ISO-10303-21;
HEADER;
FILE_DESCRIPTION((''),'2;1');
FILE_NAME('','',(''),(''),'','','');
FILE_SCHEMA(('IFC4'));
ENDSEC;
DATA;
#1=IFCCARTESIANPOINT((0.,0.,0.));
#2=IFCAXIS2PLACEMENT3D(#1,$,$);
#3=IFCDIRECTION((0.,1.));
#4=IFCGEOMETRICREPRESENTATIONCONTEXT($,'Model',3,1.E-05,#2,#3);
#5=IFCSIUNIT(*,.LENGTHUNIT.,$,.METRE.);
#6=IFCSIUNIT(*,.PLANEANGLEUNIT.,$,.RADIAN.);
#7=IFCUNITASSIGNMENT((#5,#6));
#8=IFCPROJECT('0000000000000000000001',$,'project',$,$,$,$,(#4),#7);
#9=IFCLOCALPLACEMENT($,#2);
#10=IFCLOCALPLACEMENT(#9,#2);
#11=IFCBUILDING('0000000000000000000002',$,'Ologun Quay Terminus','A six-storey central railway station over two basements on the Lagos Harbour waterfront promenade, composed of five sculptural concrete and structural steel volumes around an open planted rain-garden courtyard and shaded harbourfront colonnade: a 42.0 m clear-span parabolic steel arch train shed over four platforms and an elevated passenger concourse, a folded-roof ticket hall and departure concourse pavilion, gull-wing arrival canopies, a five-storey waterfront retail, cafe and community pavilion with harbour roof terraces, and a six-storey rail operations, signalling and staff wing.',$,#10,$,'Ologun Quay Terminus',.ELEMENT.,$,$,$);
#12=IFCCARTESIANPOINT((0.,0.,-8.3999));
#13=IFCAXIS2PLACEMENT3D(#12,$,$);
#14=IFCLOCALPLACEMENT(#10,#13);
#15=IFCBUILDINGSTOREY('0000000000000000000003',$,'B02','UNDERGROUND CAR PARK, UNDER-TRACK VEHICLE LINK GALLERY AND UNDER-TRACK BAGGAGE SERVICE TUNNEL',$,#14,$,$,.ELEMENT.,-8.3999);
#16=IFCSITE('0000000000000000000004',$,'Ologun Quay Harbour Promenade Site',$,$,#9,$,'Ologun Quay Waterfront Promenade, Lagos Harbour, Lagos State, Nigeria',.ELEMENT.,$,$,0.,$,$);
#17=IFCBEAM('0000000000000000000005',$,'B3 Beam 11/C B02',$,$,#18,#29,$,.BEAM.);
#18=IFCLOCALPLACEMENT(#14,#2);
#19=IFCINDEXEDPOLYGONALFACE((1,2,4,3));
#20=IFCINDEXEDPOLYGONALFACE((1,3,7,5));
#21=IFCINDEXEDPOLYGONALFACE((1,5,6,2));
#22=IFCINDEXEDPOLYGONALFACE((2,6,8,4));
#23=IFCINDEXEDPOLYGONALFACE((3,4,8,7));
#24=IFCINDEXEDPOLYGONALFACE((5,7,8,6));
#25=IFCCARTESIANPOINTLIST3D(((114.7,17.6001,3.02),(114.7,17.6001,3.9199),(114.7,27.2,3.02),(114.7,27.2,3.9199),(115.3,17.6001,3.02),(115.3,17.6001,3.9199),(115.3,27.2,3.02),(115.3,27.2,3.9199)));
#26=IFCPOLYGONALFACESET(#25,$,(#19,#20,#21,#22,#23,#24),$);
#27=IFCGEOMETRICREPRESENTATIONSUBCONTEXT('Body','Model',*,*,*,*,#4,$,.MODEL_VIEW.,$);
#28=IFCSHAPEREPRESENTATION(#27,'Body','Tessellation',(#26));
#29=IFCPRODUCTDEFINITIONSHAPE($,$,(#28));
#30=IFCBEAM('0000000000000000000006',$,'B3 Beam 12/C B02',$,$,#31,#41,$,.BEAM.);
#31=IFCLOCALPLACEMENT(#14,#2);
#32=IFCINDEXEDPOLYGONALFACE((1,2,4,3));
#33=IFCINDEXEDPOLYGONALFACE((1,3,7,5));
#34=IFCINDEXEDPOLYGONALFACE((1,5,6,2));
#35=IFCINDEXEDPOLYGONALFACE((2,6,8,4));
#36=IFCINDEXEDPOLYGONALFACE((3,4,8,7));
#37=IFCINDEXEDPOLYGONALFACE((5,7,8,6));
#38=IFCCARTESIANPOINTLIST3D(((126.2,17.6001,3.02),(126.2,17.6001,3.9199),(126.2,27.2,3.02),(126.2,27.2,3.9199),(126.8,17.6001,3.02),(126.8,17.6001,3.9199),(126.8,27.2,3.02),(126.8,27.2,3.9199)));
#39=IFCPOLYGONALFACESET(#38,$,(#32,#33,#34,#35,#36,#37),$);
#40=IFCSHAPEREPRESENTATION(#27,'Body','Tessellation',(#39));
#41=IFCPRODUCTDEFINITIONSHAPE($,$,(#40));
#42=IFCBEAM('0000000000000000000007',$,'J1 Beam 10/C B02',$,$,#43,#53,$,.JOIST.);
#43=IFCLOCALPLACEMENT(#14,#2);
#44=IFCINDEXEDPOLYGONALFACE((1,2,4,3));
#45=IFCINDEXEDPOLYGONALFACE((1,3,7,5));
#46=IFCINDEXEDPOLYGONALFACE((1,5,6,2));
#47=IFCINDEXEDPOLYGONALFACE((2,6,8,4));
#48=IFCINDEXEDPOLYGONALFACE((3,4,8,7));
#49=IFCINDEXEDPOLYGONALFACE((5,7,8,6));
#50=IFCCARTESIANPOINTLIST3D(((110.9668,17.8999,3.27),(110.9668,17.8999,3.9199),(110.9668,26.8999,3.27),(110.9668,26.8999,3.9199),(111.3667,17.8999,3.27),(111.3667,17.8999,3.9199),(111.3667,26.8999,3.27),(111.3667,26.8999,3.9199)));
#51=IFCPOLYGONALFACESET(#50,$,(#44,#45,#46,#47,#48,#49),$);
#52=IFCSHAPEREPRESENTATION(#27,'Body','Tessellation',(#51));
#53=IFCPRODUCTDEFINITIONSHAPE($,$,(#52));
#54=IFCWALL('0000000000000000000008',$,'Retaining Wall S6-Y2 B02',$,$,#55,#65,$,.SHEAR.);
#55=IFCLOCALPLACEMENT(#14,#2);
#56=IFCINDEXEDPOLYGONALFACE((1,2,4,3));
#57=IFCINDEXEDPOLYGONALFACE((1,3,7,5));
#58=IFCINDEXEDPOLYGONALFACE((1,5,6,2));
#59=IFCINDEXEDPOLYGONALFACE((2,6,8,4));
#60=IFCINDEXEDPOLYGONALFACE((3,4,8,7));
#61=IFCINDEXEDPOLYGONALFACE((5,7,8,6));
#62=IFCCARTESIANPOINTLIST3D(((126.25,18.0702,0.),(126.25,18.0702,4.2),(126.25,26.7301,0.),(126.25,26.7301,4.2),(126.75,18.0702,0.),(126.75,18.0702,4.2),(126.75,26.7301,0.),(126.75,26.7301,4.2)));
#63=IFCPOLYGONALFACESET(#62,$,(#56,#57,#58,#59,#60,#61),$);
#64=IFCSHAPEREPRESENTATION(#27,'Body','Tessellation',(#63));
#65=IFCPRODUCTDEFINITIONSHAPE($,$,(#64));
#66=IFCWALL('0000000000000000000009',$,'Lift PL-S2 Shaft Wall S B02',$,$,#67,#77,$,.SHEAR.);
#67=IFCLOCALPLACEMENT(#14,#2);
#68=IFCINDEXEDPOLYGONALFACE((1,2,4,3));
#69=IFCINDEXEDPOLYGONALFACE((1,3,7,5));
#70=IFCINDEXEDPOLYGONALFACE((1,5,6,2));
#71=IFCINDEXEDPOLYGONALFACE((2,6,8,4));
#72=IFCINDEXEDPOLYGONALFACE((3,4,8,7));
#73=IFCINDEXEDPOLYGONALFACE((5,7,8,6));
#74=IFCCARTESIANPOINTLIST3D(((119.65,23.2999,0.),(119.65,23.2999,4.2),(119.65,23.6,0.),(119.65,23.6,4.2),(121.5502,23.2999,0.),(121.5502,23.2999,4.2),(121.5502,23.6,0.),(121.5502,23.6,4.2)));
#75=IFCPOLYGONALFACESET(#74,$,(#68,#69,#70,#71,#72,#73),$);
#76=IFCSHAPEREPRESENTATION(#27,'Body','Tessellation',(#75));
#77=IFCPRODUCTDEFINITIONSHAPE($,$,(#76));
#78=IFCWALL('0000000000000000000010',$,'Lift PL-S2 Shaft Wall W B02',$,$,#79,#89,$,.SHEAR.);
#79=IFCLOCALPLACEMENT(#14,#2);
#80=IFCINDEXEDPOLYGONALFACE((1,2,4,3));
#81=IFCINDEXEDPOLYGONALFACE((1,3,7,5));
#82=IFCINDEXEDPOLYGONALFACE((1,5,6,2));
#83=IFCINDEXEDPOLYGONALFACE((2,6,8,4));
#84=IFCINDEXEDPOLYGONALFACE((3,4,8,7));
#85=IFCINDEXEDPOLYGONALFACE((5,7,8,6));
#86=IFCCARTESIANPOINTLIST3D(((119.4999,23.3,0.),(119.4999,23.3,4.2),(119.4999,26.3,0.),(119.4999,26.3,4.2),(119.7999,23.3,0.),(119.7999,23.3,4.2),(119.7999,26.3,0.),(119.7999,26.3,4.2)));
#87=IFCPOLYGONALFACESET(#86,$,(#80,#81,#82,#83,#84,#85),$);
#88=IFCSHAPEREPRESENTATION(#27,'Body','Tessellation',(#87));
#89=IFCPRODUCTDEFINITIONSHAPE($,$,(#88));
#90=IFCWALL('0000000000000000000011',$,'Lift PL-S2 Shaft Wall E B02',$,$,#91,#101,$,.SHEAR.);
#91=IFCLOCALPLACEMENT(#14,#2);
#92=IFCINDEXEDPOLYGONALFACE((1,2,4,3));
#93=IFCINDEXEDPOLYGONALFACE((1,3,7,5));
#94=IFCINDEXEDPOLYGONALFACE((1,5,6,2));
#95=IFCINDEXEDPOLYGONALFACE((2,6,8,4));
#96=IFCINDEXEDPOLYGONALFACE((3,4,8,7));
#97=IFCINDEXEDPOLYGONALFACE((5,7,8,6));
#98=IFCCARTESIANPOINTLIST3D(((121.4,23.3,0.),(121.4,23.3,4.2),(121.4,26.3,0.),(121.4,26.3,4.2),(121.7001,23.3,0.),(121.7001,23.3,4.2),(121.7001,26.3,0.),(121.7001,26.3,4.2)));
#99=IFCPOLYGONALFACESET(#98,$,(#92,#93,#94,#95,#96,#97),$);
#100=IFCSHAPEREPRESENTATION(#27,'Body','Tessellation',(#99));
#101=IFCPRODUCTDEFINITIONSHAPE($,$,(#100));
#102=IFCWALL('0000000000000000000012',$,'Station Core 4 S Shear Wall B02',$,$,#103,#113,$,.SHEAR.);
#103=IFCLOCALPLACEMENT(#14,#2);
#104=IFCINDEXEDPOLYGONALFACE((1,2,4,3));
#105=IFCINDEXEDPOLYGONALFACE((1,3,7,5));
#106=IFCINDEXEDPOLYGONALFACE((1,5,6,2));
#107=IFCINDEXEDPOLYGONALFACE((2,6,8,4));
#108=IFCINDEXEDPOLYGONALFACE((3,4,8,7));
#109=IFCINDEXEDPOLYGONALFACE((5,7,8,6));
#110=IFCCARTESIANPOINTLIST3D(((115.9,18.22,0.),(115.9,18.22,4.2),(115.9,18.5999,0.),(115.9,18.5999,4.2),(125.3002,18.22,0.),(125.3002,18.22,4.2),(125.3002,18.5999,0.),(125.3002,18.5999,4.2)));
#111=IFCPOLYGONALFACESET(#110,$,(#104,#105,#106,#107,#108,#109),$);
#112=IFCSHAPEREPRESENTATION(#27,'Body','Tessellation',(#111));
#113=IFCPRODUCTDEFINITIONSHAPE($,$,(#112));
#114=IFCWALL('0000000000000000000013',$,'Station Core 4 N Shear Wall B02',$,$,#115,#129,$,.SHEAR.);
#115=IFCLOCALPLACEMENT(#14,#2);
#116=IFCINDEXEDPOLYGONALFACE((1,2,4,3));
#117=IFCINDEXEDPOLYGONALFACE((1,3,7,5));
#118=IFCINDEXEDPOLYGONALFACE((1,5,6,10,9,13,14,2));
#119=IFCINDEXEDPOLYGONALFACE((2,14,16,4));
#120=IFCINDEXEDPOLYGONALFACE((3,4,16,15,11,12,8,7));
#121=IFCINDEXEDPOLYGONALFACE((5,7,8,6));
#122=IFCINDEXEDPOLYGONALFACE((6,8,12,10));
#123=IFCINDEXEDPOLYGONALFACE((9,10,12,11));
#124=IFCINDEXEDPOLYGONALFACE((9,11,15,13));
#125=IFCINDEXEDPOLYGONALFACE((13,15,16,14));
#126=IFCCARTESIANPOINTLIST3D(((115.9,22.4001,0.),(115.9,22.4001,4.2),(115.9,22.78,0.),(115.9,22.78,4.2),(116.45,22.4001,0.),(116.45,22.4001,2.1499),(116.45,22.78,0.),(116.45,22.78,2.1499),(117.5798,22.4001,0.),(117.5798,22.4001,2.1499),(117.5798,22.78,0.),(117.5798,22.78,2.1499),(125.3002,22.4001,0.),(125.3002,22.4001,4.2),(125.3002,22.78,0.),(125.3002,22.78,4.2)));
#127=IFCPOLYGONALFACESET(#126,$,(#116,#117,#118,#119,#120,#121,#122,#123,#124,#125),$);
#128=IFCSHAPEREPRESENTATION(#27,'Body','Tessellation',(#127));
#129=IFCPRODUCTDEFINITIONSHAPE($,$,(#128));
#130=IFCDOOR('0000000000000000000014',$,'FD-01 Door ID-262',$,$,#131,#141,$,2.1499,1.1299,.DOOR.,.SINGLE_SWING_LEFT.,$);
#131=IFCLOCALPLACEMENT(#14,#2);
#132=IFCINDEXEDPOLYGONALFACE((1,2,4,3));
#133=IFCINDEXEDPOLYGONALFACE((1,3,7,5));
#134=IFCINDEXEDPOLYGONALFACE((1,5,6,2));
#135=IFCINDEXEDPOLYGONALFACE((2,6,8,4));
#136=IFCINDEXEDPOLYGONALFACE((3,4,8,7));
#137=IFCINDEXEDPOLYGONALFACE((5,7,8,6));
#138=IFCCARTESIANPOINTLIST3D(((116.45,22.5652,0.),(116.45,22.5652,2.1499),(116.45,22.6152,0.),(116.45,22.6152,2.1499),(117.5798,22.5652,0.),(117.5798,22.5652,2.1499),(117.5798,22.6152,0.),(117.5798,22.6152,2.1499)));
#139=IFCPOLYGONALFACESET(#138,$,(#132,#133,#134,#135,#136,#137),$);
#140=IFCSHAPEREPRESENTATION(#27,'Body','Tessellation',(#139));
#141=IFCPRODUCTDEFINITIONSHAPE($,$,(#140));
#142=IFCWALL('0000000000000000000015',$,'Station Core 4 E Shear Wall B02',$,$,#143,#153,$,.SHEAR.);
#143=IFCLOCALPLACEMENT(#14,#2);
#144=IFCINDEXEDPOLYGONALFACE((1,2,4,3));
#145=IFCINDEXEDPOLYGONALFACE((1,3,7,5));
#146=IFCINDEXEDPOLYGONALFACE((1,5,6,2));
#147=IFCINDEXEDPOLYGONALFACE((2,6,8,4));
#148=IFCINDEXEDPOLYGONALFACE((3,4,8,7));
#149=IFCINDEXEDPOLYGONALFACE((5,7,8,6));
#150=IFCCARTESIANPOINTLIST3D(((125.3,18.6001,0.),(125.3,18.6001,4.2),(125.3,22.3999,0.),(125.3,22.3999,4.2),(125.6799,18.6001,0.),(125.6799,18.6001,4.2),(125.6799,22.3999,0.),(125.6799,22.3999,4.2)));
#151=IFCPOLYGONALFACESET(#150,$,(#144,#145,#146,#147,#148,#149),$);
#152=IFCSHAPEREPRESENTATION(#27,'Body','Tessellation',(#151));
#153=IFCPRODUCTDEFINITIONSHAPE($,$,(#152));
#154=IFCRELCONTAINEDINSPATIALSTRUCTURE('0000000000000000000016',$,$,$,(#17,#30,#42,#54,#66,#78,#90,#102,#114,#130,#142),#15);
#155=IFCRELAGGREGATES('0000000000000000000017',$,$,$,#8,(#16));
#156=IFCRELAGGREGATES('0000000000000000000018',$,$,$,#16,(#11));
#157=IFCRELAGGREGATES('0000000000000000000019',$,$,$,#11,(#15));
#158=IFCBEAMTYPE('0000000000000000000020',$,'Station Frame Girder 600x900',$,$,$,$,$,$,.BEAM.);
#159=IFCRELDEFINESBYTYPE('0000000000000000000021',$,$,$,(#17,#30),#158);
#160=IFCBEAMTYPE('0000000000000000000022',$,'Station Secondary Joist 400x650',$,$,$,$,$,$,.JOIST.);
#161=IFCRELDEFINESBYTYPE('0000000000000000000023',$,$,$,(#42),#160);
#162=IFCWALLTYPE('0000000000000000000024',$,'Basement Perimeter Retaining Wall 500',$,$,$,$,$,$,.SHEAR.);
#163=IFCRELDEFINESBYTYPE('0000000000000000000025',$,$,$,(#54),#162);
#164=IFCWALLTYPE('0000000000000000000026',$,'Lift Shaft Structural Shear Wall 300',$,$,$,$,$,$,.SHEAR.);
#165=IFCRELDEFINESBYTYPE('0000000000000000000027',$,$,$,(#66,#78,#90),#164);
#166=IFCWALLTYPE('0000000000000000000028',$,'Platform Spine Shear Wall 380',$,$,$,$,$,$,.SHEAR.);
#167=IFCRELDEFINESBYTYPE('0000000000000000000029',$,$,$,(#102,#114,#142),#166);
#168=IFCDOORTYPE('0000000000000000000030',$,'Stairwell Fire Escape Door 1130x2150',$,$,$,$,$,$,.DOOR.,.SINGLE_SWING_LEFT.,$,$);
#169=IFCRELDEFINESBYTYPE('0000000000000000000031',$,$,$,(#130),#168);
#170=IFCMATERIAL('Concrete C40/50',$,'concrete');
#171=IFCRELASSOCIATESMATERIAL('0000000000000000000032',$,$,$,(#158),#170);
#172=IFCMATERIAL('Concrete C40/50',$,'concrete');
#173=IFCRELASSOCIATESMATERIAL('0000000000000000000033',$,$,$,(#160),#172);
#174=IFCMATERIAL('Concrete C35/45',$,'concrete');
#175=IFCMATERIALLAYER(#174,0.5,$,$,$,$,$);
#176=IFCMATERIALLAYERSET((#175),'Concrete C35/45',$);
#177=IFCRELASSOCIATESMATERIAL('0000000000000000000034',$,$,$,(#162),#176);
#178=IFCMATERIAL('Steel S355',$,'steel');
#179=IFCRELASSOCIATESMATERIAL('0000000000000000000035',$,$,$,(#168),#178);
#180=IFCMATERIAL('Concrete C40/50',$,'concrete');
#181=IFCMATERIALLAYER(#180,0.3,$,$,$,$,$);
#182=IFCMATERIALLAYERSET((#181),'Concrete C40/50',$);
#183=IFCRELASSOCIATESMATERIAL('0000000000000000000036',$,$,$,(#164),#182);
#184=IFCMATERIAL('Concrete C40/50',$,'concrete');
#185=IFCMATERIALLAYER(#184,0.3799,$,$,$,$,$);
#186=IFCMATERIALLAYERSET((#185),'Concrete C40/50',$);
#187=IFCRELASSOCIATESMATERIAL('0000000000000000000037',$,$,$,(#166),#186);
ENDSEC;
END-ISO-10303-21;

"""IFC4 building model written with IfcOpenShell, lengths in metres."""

from ifc_helpers import new_model, si_unit, direction, frame, frame_2d, origin, origin_2d, place, context, subcontext, project, spatial, rectangle, extrude, material, layer, layer_set, material_profile, profile_set, type_object, element, fill, save


model = new_model("IFC4")

# Units and contexts
model_context = context("Model", 3, precision=1e-05, world=origin(), true_north=direction((0.0, 1.0)))
body_context = subcontext(model_context, "Body", "Model", "MODEL_VIEW")
ifc_project = project(units=[si_unit("LENGTHUNIT", "METRE"), si_unit("PLANEANGLEUNIT", "RADIAN")], contexts=[model_context])

# Site, building, storey
site_placement = place(None, origin())
site = spatial("IfcSite", under=ifc_project, at=site_placement, Name="Ologun Quay Harbour Promenade Site", LongName="Ologun Quay Waterfront Promenade, Lagos Harbour, Lagos State, Nigeria", CompositionType="ELEMENT", RefElevation=0.0)
building_placement = place(site_placement, origin())
building = spatial("IfcBuilding", under=site, at=building_placement, Name="Ologun Quay Terminus", Description="A six-storey central railway station over two basements on the Lagos Harbour waterfront promenade, composed of five sculptural concrete and structural steel volumes around an open planted rain-garden courtyard and shaded harbourfront colonnade: a 42.0 m clear-span parabolic steel arch train shed over four platforms and an elevated passenger concourse, a folded-roof ticket hall and departure concourse pavilion, gull-wing arrival canopies, a five-storey waterfront retail, cafe and community pavilion with harbour roof terraces, and a six-storey rail operations, signalling and staff wing.", LongName="Ologun Quay Terminus", CompositionType="ELEMENT")
storey_placement = place(building_placement, frame((0.0, 0.0, -8.3999)))
storey = spatial("IfcBuildingStorey", under=building, at=storey_placement, Name="B02", Description="UNDERGROUND CAR PARK, UNDER-TRACK VEHICLE LINK GALLERY AND UNDER-TRACK BAGGAGE SERVICE TUNNEL", CompositionType="ELEMENT", Elevation=-8.3999)

# Beams
ifc_material_1 = material(Name="Concrete C40/50", Category="concrete")
ifc_material_profile_1 = material_profile(ifc_material_1, rectangle(XDim=0.6001, YDim=0.8999, at=origin_2d()), Name="RC 600x900")
ifc_profile_set_1 = profile_set([ifc_material_profile_1], Name="Concrete C40/50")
beam_type_1 = type_object("IfcBeamType", Name="Station Frame Girder 600x900", PredefinedType="BEAM", material=ifc_profile_set_1)
for number, where, z_axis, x_axis, name in (
    (1, (115.0, 17.6001, 3.47), (0.0, 1.0, 0.0), (-1.0, 0.0, 0.0), "B3 Beam 11/C B02"),
    (2, (126.5, 17.6001, 3.47), (0.0, 1.0, 0.0), (-1.0, 0.0, 0.0), "B3 Beam 12/C B02"),
):
    element("IfcBeam", number, at=place(storey_placement, frame(where, z_axis=z_axis, x_axis=x_axis)), inside=storey, type_object=beam_type_1, Name=name, PredefinedType="BEAM", context=body_context, shape_type="SweptSolid", body=[
        extrude(rectangle(XDim=0.6001, YDim=0.8999, at=origin_2d()), origin(), (0.0, 0.0, 1.0), 9.5999),
    ])
ifc_material_2 = material(Name="Concrete C40/50", Category="concrete")
ifc_material_profile_2 = material_profile(ifc_material_2, rectangle(XDim=0.3999, YDim=0.6499, at=origin_2d()), Name="RC 400x650")
ifc_profile_set_2 = profile_set([ifc_material_profile_2], Name="Concrete C40/50")
beam_type_2 = type_object("IfcBeamType", Name="Station Secondary Joist 400x650", PredefinedType="JOIST", material=ifc_profile_set_2)
beam_1_placement = place(storey_placement, frame((111.1667, 17.8999, 3.595), z_axis=(0.0, 1.0, 0.0), x_axis=(-1.0, 0.0, 0.0)))
element("IfcBeam", 3, at=beam_1_placement, inside=storey, type_object=beam_type_2, Name="J1 Beam 10/C B02", PredefinedType="JOIST", context=body_context, shape_type="SweptSolid", body=[
    extrude(rectangle(XDim=0.3999, YDim=0.6499, at=origin_2d()), origin(), (0.0, 0.0, 1.0), 9.0),
])

# Wall
ifc_material_3 = material(Name="Concrete C35/45", Category="concrete")
ifc_layer_1 = layer(ifc_material_3, 0.5)
ifc_layer_set_1 = layer_set([ifc_layer_1], Name="Concrete C35/45")
wall_type_1 = type_object("IfcWallType", Name="Basement Perimeter Retaining Wall 500", PredefinedType="SHEAR", material=ifc_layer_set_1)
wall_1_placement = place(storey_placement, frame((126.5, 18.0701, 0.0), z_axis=(0.0, 0.0, 1.0), x_axis=(0.0, 1.0, 0.0)))
element("IfcWall", 4, at=wall_1_placement, inside=storey, type_object=wall_type_1, Name="Retaining Wall S6-Y2 B02", PredefinedType="SHEAR", context=body_context, shape_type="SweptSolid", body=[
    extrude(rectangle(XDim=8.6599, YDim=0.5, at=frame_2d((4.3301, 0.0))), origin(), (0.0, 0.0, 1.0), 4.2),
])

# Shared definitions
ifc_material_4 = material(Name="Steel S355", Category="steel")
door_type = type_object("IfcDoorType", Name="Stairwell Fire Escape Door 1130x2150", OperationType="SINGLE_SWING_LEFT", PredefinedType="DOOR", material=ifc_material_4)

# Walls
ifc_material_5 = material(Name="Concrete C40/50", Category="concrete")
ifc_layer_2 = layer(ifc_material_5, 0.3)
ifc_layer_set_2 = layer_set([ifc_layer_2], Name="Concrete C40/50")
wall_type_2 = type_object("IfcWallType", Name="Lift Shaft Structural Shear Wall 300", PredefinedType="SHEAR", material=ifc_layer_set_2)
wall_2_placement = place(storey_placement, frame((119.6499, 23.45, 0.0), z_axis=(0.0, 0.0, 1.0), x_axis=(1.0, 0.0, 0.0)))
element("IfcWall", 5, at=wall_2_placement, inside=storey, type_object=wall_type_2, Name="Lift PL-S2 Shaft Wall S B02", PredefinedType="SHEAR", context=body_context, shape_type="SweptSolid", body=[
    extrude(rectangle(XDim=1.9001, YDim=0.3, at=frame_2d((0.9502, 0.0))), origin(), (0.0, 0.0, 1.0), 4.2),
])
for number, where, z_axis, x_axis, name in (
    (6, (119.6499, 23.3, 0.0), (0.0, 0.0, 1.0), (0.0, 1.0, 0.0), "Lift PL-S2 Shaft Wall W B02"),
    (7, (121.55, 23.3, 0.0), (0.0, 0.0, 1.0), (0.0, 1.0, 0.0), "Lift PL-S2 Shaft Wall E B02"),
):
    element("IfcWall", number, at=place(storey_placement, frame(where, z_axis=z_axis, x_axis=x_axis)), inside=storey, type_object=wall_type_2, Name=name, PredefinedType="SHEAR", context=body_context, shape_type="SweptSolid", body=[
        extrude(rectangle(XDim=3.0, YDim=0.3, at=frame_2d((1.5, 0.0))), origin(), (0.0, 0.0, 1.0), 4.2),
    ])
ifc_material_6 = material(Name="Concrete C40/50", Category="concrete")
ifc_layer_3 = layer(ifc_material_6, 0.3799)
ifc_layer_set_3 = layer_set([ifc_layer_3], Name="Concrete C40/50")
wall_type_3 = type_object("IfcWallType", Name="Platform Spine Shear Wall 380", PredefinedType="SHEAR", material=ifc_layer_set_3)
wall_3_placement = place(storey_placement, frame((115.8999, 18.4099, 0.0), z_axis=(0.0, 0.0, 1.0), x_axis=(1.0, 0.0, 0.0)))
element("IfcWall", 8, at=wall_3_placement, inside=storey, type_object=wall_type_3, Name="Station Core 4 S Shear Wall B02", PredefinedType="SHEAR", context=body_context, shape_type="SweptSolid", body=[
    extrude(rectangle(XDim=9.4001, YDim=0.3799, at=frame_2d((4.7002, 0.0))), origin(), (0.0, 0.0, 1.0), 4.2),
])

# Wall, opening, door
wall_4_placement = place(storey_placement, frame((115.8999, 22.5901, 0.0), z_axis=(0.0, 0.0, 1.0), x_axis=(1.0, 0.0, 0.0)))
wall_4 = element("IfcWall", 9, at=wall_4_placement, inside=storey, type_object=wall_type_3, Name="Station Core 4 N Shear Wall B02", PredefinedType="SHEAR", context=body_context, shape_type="SweptSolid", body=[
    extrude(rectangle(XDim=9.4001, YDim=0.3799, at=frame_2d((4.7002, 0.0))), origin(), (0.0, 0.0, 1.0), 4.2),
])
opening_1_placement = place(wall_4_placement, frame((0.55, 0.0, 0.0)))
opening_1 = element("IfcOpeningElement", 10, at=opening_1_placement, cuts=wall_4, PredefinedType="OPENING", context=body_context, shape_type="SweptSolid", body=[
    extrude(rectangle(XDim=1.1299, YDim=2.1499, at=frame_2d((0.5649, 1.075))), frame((0.0, 0.2, 0.0), z_axis=(0.0, -1.0, 0.0), x_axis=(1.0, 0.0, 0.0)), (0.0, 0.0, 1.0), 0.3999),
])
door_1_placement = place(opening_1_placement, frame((0.5649, 0.0, 0.0), z_axis=(0.0, 0.0, 1.0), x_axis=(-1.0, 0.0, 0.0)))
door_1 = element("IfcDoor", 11, at=door_1_placement, inside=storey, type_object=door_type, Name="FD-01 Door ID-262", OperationType="SINGLE_SWING_LEFT", OverallHeight=2.1499, OverallWidth=1.1299, PredefinedType="DOOR", context=body_context, shape_type="SweptSolid", body=[
    extrude(rectangle(XDim=1.1299, YDim=2.1499, at=frame_2d((0.0, 1.075))), frame((0.0, 0.0249, 0.0), z_axis=(0.0, -1.0, 0.0), x_axis=(1.0, 0.0, 0.0)), (0.0, 0.0, 1.0), 0.05),
])
fill(opening_1, door_1)

# Wall
wall_5_placement = place(storey_placement, frame((125.49, 18.6001, 0.0), z_axis=(0.0, 0.0, 1.0), x_axis=(0.0, 1.0, 0.0)))
element("IfcWall", 12, at=wall_5_placement, inside=storey, type_object=wall_type_3, Name="Station Core 4 E Shear Wall B02", PredefinedType="SHEAR", context=body_context, shape_type="SweptSolid", body=[
    extrude(rectangle(XDim=3.7998, YDim=0.3799, at=frame_2d((1.8999, 0.0))), origin(), (0.0, 0.0, 1.0), 4.2),
])

save(model, "model.ifc")
